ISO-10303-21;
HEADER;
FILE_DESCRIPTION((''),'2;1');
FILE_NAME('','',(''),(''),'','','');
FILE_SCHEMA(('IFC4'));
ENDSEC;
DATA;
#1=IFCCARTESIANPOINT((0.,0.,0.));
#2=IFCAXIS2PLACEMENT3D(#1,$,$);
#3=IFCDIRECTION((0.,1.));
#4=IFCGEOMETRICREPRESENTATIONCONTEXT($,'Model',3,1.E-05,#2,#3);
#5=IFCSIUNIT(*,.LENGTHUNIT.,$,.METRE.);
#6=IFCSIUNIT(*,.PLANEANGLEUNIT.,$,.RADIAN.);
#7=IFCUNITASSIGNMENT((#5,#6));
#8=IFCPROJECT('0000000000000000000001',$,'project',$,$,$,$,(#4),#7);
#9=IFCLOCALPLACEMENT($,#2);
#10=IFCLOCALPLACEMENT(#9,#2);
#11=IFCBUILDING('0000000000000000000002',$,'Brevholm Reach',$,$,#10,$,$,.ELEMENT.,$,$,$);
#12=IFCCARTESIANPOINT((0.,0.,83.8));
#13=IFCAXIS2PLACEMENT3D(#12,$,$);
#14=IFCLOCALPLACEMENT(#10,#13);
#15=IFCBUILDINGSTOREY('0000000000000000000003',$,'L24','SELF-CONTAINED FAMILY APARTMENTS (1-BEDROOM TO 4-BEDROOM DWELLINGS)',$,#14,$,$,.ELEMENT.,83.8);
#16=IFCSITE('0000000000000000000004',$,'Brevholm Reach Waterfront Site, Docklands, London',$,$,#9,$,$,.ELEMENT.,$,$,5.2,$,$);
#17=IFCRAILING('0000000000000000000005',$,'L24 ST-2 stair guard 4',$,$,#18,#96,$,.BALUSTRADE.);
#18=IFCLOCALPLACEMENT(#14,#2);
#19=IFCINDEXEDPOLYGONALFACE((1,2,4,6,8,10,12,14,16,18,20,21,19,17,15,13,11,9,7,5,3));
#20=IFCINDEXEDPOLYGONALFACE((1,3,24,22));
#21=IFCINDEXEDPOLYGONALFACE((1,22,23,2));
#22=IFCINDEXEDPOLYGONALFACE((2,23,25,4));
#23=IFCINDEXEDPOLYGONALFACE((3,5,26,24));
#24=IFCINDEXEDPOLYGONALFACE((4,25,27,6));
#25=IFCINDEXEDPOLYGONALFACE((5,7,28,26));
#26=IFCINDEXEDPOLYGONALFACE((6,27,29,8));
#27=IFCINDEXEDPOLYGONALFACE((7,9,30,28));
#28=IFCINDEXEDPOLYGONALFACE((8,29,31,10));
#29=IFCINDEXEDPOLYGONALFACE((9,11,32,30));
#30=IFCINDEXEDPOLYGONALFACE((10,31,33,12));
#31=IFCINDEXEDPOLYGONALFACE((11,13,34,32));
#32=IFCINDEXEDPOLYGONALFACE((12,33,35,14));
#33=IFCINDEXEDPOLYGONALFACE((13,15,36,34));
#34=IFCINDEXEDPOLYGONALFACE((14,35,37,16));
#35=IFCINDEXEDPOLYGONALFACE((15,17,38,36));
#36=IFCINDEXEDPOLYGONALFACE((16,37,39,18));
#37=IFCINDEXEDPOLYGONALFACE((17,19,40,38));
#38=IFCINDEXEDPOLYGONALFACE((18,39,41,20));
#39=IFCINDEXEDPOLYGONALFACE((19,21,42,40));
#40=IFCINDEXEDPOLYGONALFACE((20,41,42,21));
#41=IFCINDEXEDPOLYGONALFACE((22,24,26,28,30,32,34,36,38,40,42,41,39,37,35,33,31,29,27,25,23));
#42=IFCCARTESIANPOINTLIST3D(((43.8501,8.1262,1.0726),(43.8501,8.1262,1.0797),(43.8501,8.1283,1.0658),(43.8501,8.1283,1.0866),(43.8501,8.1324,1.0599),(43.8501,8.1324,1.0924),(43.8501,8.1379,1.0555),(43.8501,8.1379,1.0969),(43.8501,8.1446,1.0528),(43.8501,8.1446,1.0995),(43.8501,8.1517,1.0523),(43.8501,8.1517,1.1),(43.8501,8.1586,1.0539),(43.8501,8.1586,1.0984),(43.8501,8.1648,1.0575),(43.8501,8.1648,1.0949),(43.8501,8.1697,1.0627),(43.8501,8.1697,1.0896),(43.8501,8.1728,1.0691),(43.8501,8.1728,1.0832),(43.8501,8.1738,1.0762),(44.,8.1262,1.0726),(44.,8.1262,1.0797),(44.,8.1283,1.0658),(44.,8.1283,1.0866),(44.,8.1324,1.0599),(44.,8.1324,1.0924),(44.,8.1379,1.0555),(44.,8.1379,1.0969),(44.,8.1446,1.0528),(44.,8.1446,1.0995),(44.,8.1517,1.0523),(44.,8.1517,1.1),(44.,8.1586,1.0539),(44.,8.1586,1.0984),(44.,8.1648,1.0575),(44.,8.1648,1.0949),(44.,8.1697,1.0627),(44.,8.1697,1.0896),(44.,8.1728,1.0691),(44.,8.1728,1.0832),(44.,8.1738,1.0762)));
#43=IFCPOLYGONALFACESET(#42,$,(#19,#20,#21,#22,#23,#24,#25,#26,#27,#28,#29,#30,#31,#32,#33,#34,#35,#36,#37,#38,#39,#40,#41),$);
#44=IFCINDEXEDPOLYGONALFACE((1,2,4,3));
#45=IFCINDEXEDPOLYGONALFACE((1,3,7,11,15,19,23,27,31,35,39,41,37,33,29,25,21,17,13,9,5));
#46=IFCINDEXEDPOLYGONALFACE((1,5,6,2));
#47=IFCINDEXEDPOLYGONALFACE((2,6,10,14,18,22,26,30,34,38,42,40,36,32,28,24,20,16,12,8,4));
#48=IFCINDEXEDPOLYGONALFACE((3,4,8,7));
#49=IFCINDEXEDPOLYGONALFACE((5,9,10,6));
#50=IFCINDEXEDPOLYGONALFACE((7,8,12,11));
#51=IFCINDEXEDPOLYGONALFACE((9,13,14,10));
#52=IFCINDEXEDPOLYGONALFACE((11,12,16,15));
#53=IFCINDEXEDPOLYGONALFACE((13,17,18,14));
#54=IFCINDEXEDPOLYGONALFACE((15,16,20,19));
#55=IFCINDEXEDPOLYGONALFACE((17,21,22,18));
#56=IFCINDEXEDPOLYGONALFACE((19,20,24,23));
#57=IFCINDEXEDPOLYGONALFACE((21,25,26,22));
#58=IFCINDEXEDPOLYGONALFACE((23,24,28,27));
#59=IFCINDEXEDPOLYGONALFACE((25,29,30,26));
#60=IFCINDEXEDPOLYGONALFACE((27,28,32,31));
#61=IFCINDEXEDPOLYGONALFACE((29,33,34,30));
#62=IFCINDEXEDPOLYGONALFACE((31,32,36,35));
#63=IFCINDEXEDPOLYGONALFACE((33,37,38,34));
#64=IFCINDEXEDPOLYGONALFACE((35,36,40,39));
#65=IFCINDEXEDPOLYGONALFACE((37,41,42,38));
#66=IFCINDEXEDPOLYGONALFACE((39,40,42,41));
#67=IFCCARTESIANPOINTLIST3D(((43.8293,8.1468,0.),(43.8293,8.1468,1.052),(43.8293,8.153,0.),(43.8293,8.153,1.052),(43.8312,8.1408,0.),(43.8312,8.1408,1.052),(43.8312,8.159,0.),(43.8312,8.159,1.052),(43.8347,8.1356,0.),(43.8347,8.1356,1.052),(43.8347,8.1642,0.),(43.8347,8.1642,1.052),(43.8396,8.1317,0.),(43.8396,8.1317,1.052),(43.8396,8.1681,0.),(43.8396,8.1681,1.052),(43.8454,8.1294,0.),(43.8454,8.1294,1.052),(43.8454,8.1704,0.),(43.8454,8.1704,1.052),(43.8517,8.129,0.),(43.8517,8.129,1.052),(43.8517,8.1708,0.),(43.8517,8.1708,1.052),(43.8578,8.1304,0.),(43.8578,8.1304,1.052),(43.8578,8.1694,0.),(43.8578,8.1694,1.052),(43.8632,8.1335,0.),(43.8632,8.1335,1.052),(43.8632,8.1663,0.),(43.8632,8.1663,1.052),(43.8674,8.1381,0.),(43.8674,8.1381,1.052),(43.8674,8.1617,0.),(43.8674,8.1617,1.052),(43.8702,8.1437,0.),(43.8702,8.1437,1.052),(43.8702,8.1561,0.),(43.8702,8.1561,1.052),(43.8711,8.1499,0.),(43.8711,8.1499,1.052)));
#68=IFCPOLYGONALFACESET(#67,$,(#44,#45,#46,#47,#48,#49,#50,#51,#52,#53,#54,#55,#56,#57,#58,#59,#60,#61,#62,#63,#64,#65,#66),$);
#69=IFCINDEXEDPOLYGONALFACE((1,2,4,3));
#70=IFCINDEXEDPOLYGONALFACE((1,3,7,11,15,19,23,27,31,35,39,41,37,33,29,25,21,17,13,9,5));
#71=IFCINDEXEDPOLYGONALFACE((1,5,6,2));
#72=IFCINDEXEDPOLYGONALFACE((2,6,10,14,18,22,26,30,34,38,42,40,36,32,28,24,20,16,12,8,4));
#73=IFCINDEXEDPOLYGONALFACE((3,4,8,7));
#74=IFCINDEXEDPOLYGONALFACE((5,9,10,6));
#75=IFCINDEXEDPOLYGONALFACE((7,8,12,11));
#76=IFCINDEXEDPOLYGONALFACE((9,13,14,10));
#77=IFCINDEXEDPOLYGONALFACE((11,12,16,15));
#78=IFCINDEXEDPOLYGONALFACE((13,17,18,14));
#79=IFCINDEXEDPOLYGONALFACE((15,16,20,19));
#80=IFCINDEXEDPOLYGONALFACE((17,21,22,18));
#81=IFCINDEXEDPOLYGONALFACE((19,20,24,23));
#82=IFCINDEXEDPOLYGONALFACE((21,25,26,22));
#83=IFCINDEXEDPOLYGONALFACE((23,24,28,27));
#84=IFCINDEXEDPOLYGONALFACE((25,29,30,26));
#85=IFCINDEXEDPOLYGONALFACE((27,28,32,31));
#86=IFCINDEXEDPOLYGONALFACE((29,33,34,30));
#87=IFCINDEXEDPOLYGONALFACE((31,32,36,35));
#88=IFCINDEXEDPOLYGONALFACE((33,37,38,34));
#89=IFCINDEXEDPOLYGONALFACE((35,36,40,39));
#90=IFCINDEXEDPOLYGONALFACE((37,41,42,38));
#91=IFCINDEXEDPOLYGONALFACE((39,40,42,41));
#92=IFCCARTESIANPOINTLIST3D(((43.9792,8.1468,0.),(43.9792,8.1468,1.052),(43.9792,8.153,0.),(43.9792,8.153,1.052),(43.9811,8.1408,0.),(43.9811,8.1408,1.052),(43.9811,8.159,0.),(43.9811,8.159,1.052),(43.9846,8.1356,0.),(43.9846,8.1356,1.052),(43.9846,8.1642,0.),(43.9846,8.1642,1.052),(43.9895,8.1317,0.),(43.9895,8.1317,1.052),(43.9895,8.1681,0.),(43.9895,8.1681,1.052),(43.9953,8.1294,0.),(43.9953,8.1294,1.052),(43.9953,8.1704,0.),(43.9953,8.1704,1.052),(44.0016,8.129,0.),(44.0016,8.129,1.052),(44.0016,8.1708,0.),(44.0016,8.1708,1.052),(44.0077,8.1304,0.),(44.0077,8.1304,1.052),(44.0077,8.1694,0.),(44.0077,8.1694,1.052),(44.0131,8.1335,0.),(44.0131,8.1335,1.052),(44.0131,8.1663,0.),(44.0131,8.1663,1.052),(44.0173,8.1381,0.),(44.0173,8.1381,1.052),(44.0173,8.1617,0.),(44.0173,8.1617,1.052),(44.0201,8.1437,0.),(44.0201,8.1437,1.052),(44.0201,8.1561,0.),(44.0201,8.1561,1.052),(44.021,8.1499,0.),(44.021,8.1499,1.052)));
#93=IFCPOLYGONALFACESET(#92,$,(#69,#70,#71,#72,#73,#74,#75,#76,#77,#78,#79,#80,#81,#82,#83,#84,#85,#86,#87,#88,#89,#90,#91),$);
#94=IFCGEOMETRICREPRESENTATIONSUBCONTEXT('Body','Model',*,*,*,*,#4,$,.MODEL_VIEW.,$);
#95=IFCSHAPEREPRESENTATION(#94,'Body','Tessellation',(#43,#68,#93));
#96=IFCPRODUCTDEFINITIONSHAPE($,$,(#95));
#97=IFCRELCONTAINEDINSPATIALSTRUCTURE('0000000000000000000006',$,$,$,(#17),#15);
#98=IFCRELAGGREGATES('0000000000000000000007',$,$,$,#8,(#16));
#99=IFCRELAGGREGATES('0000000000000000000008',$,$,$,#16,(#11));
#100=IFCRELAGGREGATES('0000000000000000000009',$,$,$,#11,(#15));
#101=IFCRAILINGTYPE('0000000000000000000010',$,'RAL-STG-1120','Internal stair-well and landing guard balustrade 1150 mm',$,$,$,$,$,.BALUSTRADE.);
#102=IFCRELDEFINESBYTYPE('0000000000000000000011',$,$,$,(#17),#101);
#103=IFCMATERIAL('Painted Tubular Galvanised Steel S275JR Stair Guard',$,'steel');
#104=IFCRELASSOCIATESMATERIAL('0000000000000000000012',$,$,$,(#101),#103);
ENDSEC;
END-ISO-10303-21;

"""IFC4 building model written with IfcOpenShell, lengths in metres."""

from ifc_helpers import new_model, si_unit, direction, frame, origin, origin_2d, place, context, subcontext, project, spatial, circle, extrude, material, type_object, element, save


model = new_model("IFC4")

# Units and contexts
model_context = context("Model", 3, precision=1e-05, world=origin(), true_north=direction((0.0, 1.0)))
body_context = subcontext(model_context, "Body", "Model", "MODEL_VIEW")
ifc_project = project(units=[si_unit("LENGTHUNIT", "METRE"), si_unit("PLANEANGLEUNIT", "RADIAN")], contexts=[model_context])

# Site, building, storey
site_placement = place(None, origin())
site = spatial("IfcSite", under=ifc_project, at=site_placement, Name="Brevholm Reach Waterfront Site, Docklands, London", CompositionType="ELEMENT", RefElevation=5.2)
building_placement = place(site_placement, origin())
building = spatial("IfcBuilding", under=site, at=building_placement, Name="Brevholm Reach", CompositionType="ELEMENT")
storey_placement = place(building_placement, frame((0.0, 0.0, 83.8)))
storey = spatial("IfcBuildingStorey", under=building, at=storey_placement, Name="L24", Description="SELF-CONTAINED FAMILY APARTMENTS (1-BEDROOM TO 4-BEDROOM DWELLINGS)", CompositionType="ELEMENT", Elevation=83.8)

# Railing
ifc_material_1 = material(Name="Painted Tubular Galvanised Steel S275JR Stair Guard", Category="steel")
railing_type_1 = type_object("IfcRailingType", Name="RAL-STG-1120", Description="Internal stair-well and landing guard balustrade 1150 mm", PredefinedType="BALUSTRADE", material=ifc_material_1)
railing_1_placement = place(storey_placement, frame((43.8501, 8.1499, 0.0)))
element("IfcRailing", 1, at=railing_1_placement, inside=storey, type_object=railing_type_1, Name="L24 ST-2 stair guard 4", PredefinedType="BALUSTRADE", context=body_context, shape_type="SweptSolid", body=[
    extrude(circle(Radius=0.0239, at=origin_2d()), frame((0.0, 0.0, 1.0762), z_axis=(1.0, 0.0, 0.0), x_axis=(0.0, 1.0, 0.0)), (0.0, 0.0, 1.0), 0.1499),
    extrude(circle(Radius=0.021, at=origin_2d()), origin(), (0.0, 0.0, 1.0), 1.052),
    extrude(circle(Radius=0.021, at=origin_2d()), frame((0.1499, 0.0, 0.0)), (0.0, 0.0, 1.0), 1.052),
])

save(model, "model.ifc")
